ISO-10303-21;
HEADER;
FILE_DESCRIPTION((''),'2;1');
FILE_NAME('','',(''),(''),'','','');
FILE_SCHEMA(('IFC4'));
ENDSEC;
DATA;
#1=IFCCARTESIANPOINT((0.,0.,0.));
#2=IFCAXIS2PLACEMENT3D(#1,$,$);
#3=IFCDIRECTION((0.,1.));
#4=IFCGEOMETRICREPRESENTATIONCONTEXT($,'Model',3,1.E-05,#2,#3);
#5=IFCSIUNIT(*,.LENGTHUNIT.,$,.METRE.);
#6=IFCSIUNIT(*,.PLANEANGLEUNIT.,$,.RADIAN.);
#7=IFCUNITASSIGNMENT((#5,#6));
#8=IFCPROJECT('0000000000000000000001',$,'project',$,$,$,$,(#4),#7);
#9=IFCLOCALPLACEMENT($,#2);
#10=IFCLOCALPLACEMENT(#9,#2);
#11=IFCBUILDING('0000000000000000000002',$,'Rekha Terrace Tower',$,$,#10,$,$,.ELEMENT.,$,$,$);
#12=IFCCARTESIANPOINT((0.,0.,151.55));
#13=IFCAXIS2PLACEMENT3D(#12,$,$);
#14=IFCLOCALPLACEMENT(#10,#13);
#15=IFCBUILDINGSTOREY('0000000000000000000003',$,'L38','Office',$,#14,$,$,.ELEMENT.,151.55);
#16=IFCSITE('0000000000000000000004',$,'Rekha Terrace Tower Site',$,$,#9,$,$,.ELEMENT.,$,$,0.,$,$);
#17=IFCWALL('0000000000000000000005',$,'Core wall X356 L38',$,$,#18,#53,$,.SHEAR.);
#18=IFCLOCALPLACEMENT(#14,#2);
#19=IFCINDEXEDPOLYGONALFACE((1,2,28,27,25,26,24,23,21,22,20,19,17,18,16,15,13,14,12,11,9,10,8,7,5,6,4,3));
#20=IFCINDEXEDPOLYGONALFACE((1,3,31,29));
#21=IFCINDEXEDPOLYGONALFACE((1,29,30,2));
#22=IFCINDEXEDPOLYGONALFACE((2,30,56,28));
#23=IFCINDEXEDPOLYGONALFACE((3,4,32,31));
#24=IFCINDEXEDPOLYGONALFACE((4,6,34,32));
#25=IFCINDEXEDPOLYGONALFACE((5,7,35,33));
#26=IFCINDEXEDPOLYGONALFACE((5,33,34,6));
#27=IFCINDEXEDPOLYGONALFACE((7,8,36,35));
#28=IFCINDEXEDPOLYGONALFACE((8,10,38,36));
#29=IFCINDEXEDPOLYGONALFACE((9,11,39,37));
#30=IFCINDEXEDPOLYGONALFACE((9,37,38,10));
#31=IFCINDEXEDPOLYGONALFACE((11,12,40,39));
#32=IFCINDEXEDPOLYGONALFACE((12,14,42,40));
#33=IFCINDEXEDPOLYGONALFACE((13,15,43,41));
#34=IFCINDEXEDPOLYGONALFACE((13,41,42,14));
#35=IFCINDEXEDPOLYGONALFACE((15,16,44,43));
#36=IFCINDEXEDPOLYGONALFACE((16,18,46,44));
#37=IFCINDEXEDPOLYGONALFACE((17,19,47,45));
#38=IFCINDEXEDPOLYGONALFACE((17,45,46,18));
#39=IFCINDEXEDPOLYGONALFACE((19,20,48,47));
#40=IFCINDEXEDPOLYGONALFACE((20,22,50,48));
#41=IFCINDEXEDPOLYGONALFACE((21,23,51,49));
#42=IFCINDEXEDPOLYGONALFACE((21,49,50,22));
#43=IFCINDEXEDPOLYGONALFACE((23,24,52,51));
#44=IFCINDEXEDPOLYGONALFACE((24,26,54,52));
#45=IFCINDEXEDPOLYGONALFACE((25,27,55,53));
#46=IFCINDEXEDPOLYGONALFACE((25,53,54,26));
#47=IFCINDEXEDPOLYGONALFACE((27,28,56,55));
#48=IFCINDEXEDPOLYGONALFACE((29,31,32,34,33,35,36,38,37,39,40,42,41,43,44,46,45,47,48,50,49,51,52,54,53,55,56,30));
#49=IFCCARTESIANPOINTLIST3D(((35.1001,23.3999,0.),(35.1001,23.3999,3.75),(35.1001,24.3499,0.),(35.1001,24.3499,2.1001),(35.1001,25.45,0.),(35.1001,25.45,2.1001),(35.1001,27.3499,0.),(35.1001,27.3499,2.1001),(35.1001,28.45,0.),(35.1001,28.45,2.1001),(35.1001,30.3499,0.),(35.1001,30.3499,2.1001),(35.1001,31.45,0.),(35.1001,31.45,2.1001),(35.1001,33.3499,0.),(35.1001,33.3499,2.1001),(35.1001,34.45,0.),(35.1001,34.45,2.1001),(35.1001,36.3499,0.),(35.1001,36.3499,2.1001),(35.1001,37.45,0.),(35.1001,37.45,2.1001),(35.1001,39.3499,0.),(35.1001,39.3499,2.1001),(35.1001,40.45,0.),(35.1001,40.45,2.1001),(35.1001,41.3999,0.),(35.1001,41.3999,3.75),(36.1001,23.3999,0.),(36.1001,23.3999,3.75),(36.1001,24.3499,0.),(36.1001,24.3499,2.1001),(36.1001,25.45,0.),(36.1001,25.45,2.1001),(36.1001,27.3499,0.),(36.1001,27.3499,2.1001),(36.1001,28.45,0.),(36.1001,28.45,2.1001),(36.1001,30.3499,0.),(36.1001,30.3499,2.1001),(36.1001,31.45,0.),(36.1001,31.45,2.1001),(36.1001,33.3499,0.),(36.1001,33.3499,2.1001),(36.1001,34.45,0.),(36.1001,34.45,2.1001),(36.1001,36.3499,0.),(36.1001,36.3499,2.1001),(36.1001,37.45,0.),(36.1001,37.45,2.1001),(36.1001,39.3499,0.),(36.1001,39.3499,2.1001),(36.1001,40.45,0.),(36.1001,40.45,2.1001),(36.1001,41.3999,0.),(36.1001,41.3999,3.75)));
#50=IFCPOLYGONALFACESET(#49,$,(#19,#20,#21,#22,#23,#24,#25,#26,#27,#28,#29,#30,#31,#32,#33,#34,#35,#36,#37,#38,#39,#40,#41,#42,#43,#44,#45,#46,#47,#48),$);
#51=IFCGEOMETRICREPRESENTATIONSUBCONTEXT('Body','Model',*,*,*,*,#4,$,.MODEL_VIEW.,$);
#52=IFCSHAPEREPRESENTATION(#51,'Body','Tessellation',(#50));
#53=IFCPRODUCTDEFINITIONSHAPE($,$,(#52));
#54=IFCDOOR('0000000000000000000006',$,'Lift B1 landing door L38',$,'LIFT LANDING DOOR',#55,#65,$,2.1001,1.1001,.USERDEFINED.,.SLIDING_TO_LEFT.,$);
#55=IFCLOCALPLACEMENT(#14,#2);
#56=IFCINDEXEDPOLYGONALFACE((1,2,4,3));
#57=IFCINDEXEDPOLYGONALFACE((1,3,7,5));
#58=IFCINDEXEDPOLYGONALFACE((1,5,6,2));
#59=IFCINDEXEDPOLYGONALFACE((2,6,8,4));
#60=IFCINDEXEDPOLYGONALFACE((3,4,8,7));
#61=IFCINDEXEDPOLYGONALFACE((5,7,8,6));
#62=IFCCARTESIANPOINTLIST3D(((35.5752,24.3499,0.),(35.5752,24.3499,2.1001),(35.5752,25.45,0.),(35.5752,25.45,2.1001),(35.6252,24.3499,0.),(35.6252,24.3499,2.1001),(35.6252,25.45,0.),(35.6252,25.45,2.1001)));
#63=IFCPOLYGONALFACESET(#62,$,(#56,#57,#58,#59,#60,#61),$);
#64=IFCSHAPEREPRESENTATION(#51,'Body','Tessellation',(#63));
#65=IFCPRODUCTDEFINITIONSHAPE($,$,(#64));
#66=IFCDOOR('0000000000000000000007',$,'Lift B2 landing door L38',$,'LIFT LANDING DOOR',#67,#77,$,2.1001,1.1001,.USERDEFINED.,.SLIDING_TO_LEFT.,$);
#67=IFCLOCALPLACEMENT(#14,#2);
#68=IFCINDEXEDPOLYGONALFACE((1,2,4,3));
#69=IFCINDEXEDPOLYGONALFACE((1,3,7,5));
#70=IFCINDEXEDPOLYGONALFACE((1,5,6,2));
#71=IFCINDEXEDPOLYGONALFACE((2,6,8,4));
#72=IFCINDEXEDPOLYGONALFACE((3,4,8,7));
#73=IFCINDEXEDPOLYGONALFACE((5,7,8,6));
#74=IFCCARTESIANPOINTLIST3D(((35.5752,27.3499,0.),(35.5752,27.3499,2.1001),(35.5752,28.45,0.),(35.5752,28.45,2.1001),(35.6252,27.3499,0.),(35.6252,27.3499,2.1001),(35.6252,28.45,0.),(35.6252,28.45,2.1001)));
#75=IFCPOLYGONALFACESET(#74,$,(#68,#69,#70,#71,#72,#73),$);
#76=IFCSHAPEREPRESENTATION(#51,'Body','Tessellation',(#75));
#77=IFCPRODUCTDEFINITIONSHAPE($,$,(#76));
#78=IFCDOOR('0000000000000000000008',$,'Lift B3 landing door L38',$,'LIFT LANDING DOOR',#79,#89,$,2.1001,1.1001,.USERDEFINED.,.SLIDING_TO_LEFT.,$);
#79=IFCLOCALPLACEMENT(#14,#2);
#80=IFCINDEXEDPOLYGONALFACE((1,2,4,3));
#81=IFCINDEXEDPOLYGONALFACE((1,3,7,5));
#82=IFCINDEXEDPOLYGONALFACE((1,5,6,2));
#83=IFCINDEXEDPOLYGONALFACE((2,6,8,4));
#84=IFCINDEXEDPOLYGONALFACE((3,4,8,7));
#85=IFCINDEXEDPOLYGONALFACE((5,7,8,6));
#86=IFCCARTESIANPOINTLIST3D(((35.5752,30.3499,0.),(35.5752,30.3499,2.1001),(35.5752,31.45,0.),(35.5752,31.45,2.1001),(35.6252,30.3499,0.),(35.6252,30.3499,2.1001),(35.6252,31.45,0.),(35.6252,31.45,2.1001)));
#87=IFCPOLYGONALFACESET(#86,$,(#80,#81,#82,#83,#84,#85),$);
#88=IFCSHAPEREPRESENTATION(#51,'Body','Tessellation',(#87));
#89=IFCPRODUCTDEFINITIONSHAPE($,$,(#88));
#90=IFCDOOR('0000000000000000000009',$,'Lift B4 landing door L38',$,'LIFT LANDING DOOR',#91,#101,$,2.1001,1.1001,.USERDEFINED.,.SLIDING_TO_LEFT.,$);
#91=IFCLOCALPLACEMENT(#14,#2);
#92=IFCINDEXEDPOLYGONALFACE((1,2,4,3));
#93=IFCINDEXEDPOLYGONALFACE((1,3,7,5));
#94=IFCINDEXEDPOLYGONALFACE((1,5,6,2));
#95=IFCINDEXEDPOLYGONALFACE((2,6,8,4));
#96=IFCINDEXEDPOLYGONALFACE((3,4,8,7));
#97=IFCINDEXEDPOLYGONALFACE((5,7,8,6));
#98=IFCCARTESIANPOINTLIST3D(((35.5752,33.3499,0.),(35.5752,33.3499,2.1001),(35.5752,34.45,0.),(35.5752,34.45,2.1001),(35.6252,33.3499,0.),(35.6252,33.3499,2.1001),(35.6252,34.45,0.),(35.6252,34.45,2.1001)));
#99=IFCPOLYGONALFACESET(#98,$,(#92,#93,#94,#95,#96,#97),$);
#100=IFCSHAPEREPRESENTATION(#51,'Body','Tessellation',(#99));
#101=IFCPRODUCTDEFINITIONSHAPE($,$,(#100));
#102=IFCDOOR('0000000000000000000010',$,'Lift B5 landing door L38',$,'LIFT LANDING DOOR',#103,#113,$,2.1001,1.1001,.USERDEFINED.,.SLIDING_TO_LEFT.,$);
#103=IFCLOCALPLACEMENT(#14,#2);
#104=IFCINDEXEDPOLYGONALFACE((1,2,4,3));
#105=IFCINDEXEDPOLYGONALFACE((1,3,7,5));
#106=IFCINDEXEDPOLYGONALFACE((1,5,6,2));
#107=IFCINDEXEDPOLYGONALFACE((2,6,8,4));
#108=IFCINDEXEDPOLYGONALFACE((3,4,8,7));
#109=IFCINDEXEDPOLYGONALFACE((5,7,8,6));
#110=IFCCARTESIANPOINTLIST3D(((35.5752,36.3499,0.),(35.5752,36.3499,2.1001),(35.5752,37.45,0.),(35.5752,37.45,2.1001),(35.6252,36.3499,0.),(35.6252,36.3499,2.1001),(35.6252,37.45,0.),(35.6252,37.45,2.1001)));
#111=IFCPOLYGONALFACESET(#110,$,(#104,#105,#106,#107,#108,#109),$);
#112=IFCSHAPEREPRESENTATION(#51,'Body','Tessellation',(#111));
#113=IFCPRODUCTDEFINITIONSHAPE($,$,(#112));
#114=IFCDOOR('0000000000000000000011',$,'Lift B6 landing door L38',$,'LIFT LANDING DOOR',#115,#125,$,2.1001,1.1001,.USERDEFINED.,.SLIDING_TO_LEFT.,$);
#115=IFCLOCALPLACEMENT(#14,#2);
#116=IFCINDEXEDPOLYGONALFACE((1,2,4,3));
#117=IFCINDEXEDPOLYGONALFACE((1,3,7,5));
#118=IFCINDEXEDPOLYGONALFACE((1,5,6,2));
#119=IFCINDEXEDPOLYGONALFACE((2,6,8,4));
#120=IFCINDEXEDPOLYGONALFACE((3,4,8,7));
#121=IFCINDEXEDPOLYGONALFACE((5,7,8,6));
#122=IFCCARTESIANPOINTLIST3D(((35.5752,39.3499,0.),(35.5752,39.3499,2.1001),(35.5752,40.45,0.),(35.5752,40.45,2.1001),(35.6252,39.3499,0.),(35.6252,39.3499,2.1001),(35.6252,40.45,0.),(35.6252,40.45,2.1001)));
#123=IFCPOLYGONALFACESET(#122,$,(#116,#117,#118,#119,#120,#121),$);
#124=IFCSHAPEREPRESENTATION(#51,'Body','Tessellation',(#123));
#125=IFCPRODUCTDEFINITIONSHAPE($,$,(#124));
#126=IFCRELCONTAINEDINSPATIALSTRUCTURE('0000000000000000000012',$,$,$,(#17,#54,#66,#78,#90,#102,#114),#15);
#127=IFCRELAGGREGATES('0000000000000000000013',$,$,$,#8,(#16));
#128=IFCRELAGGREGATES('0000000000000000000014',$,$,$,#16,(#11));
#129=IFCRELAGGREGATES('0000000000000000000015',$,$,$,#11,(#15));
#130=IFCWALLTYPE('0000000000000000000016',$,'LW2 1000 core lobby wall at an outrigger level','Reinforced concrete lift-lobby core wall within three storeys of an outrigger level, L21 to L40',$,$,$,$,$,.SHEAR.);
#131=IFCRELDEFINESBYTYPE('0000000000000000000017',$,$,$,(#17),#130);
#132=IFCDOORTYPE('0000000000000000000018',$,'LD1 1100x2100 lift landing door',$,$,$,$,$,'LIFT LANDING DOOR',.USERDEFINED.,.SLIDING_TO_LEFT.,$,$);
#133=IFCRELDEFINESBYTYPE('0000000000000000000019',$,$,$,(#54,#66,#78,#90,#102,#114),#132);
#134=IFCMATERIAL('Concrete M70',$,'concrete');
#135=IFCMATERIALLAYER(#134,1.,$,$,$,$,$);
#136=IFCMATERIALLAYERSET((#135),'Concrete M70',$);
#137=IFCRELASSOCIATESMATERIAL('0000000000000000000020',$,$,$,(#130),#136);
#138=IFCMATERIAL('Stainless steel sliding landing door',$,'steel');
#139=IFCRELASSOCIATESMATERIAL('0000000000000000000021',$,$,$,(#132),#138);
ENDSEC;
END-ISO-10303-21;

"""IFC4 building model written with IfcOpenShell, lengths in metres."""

from ifc_helpers import new_model, si_unit, direction, frame, frame_2d, origin, place, context, subcontext, project, spatial, rectangle, extrude, material, layer, layer_set, type_object, element, fill, save


model = new_model("IFC4")

# Units and contexts
model_context = context("Model", 3, precision=1e-05, world=origin(), true_north=direction((0.0, 1.0)))
body_context = subcontext(model_context, "Body", "Model", "MODEL_VIEW")
ifc_project = project(units=[si_unit("LENGTHUNIT", "METRE"), si_unit("PLANEANGLEUNIT", "RADIAN")], contexts=[model_context])

# Site, building, storey
site_placement = place(None, origin())
site = spatial("IfcSite", under=ifc_project, at=site_placement, Name="Rekha Terrace Tower Site", CompositionType="ELEMENT", RefElevation=0.0)
building_placement = place(site_placement, origin())
building = spatial("IfcBuilding", under=site, at=building_placement, Name="Rekha Terrace Tower", CompositionType="ELEMENT")
storey_placement = place(building_placement, frame((0.0, 0.0, 151.55)))
storey = spatial("IfcBuildingStorey", under=building, at=storey_placement, Name="L38", Description="Office", CompositionType="ELEMENT", Elevation=151.55)

# Shared definitions
ifc_material_1 = material(Name="Concrete M70", Category="concrete")

# Wall, openings, doors
ifc_layer_1 = layer(ifc_material_1, 1.0)
ifc_layer_set_1 = layer_set([ifc_layer_1], Name="Concrete M70")
wall_type_1 = type_object("IfcWallType", Name="LW2 1000 core lobby wall at an outrigger level", Description="Reinforced concrete lift-lobby core wall within three storeys of an outrigger level, L21 to L40", PredefinedType="SHEAR", material=ifc_layer_set_1)
wall_1_placement = place(storey_placement, frame((35.6001, 23.3999, 0.0), z_axis=(0.0, 0.0, 1.0), x_axis=(0.0, 1.0, 0.0)))
wall_1 = element("IfcWall", 1, at=wall_1_placement, inside=storey, type_object=wall_type_1, Name="Core wall X356 L38", PredefinedType="SHEAR", context=body_context, shape_type="SweptSolid", body=[
    extrude(rectangle(XDim=18.0, YDim=1.0, at=frame_2d((9.0, 0.0))), origin(), (0.0, 0.0, 1.0), 3.75),
])
opening_1_placement = place(wall_1_placement, frame((0.95, 0.0, 0.0)))
opening_1 = element("IfcOpeningElement", 2, at=opening_1_placement, cuts=wall_1, PredefinedType="OPENING", context=body_context, shape_type="SweptSolid", body=[
    extrude(rectangle(XDim=1.1001, YDim=2.1001, at=frame_2d((0.55, 1.05))), frame((0.0, 0.51, 0.0), z_axis=(0.0, -1.0, 0.0), x_axis=(1.0, 0.0, 0.0)), (0.0, 0.0, 1.0), 1.02),
])
opening_2_placement = place(wall_1_placement, frame((3.95, 0.0, 0.0)))
opening_2 = element("IfcOpeningElement", 3, at=opening_2_placement, cuts=wall_1, PredefinedType="OPENING", context=body_context, shape_type="SweptSolid", body=[
    extrude(rectangle(XDim=1.1001, YDim=2.1001, at=frame_2d((0.55, 1.05))), frame((0.0, 0.51, 0.0), z_axis=(0.0, -1.0, 0.0), x_axis=(1.0, 0.0, 0.0)), (0.0, 0.0, 1.0), 1.02),
])
opening_3_placement = place(wall_1_placement, frame((6.95, 0.0, 0.0)))
opening_3 = element("IfcOpeningElement", 4, at=opening_3_placement, cuts=wall_1, PredefinedType="OPENING", context=body_context, shape_type="SweptSolid", body=[
    extrude(rectangle(XDim=1.1001, YDim=2.1001, at=frame_2d((0.55, 1.05))), frame((0.0, 0.51, 0.0), z_axis=(0.0, -1.0, 0.0), x_axis=(1.0, 0.0, 0.0)), (0.0, 0.0, 1.0), 1.02),
])
opening_4_placement = place(wall_1_placement, frame((9.95, 0.0, 0.0)))
opening_4 = element("IfcOpeningElement", 5, at=opening_4_placement, cuts=wall_1, PredefinedType="OPENING", context=body_context, shape_type="SweptSolid", body=[
    extrude(rectangle(XDim=1.1001, YDim=2.1001, at=frame_2d((0.55, 1.05))), frame((0.0, 0.51, 0.0), z_axis=(0.0, -1.0, 0.0), x_axis=(1.0, 0.0, 0.0)), (0.0, 0.0, 1.0), 1.02),
])
opening_5_placement = place(wall_1_placement, frame((12.95, 0.0, 0.0)))
opening_5 = element("IfcOpeningElement", 6, at=opening_5_placement, cuts=wall_1, PredefinedType="OPENING", context=body_context, shape_type="SweptSolid", body=[
    extrude(rectangle(XDim=1.1001, YDim=2.1001, at=frame_2d((0.55, 1.05))), frame((0.0, 0.51, 0.0), z_axis=(0.0, -1.0, 0.0), x_axis=(1.0, 0.0, 0.0)), (0.0, 0.0, 1.0), 1.02),
])
opening_6_placement = place(wall_1_placement, frame((15.95, 0.0, 0.0)))
opening_6 = element("IfcOpeningElement", 7, at=opening_6_placement, cuts=wall_1, PredefinedType="OPENING", context=body_context, shape_type="SweptSolid", body=[
    extrude(rectangle(XDim=1.1001, YDim=2.1001, at=frame_2d((0.55, 1.05))), frame((0.0, 0.51, 0.0), z_axis=(0.0, -1.0, 0.0), x_axis=(1.0, 0.0, 0.0)), (0.0, 0.0, 1.0), 1.02),
])
ifc_material_2 = material(Name="Stainless steel sliding landing door", Category="steel")
door_type_1 = type_object("IfcDoorType", Name="LD1 1100x2100 lift landing door", ElementType="LIFT LANDING DOOR", OperationType="SLIDING_TO_LEFT", PredefinedType="USERDEFINED", material=ifc_material_2)
door_1_placement = place(opening_1_placement, origin())
door_1 = element("IfcDoor", 8, at=door_1_placement, inside=storey, type_object=door_type_1, Name="Lift B1 landing door L38", ObjectType="LIFT LANDING DOOR", OperationType="SLIDING_TO_LEFT", OverallHeight=2.1001, OverallWidth=1.1001, PredefinedType="USERDEFINED", context=body_context, shape_type="SweptSolid", body=[
    extrude(rectangle(XDim=1.1001, YDim=2.1001, at=frame_2d((0.55, 1.05))), frame((0.0, 0.0249, 0.0), z_axis=(0.0, -1.0, 0.0), x_axis=(1.0, 0.0, 0.0)), (0.0, 0.0, 1.0), 0.05),
])
fill(opening_1, door_1)
door_2_placement = place(opening_2_placement, origin())
door_2 = element("IfcDoor", 9, at=door_2_placement, inside=storey, type_object=door_type_1, Name="Lift B2 landing door L38", ObjectType="LIFT LANDING DOOR", OperationType="SLIDING_TO_LEFT", OverallHeight=2.1001, OverallWidth=1.1001, PredefinedType="USERDEFINED", context=body_context, shape_type="SweptSolid", body=[
    extrude(rectangle(XDim=1.1001, YDim=2.1001, at=frame_2d((0.55, 1.05))), frame((0.0, 0.0249, 0.0), z_axis=(0.0, -1.0, 0.0), x_axis=(1.0, 0.0, 0.0)), (0.0, 0.0, 1.0), 0.05),
])
fill(opening_2, door_2)
door_3_placement = place(opening_3_placement, origin())
door_3 = element("IfcDoor", 10, at=door_3_placement, inside=storey, type_object=door_type_1, Name="Lift B3 landing door L38", ObjectType="LIFT LANDING DOOR", OperationType="SLIDING_TO_LEFT", OverallHeight=2.1001, OverallWidth=1.1001, PredefinedType="USERDEFINED", context=body_context, shape_type="SweptSolid", body=[
    extrude(rectangle(XDim=1.1001, YDim=2.1001, at=frame_2d((0.55, 1.05))), frame((0.0, 0.0249, 0.0), z_axis=(0.0, -1.0, 0.0), x_axis=(1.0, 0.0, 0.0)), (0.0, 0.0, 1.0), 0.05),
])
fill(opening_3, door_3)
door_4_placement = place(opening_4_placement, origin())
door_4 = element("IfcDoor", 11, at=door_4_placement, inside=storey, type_object=door_type_1, Name="Lift B4 landing door L38", ObjectType="LIFT LANDING DOOR", OperationType="SLIDING_TO_LEFT", OverallHeight=2.1001, OverallWidth=1.1001, PredefinedType="USERDEFINED", context=body_context, shape_type="SweptSolid", body=[
    extrude(rectangle(XDim=1.1001, YDim=2.1001, at=frame_2d((0.55, 1.05))), frame((0.0, 0.0249, 0.0), z_axis=(0.0, -1.0, 0.0), x_axis=(1.0, 0.0, 0.0)), (0.0, 0.0, 1.0), 0.05),
])
fill(opening_4, door_4)
door_5_placement = place(opening_5_placement, origin())
door_5 = element("IfcDoor", 12, at=door_5_placement, inside=storey, type_object=door_type_1, Name="Lift B5 landing door L38", ObjectType="LIFT LANDING DOOR", OperationType="SLIDING_TO_LEFT", OverallHeight=2.1001, OverallWidth=1.1001, PredefinedType="USERDEFINED", context=body_context, shape_type="SweptSolid", body=[
    extrude(rectangle(XDim=1.1001, YDim=2.1001, at=frame_2d((0.55, 1.05))), frame((0.0, 0.0249, 0.0), z_axis=(0.0, -1.0, 0.0), x_axis=(1.0, 0.0, 0.0)), (0.0, 0.0, 1.0), 0.05),
])
fill(opening_5, door_5)
door_6_placement = place(opening_6_placement, origin())
door_6 = element("IfcDoor", 13, at=door_6_placement, inside=storey, type_object=door_type_1, Name="Lift B6 landing door L38", ObjectType="LIFT LANDING DOOR", OperationType="SLIDING_TO_LEFT", OverallHeight=2.1001, OverallWidth=1.1001, PredefinedType="USERDEFINED", context=body_context, shape_type="SweptSolid", body=[
    extrude(rectangle(XDim=1.1001, YDim=2.1001, at=frame_2d((0.55, 1.05))), frame((0.0, 0.0249, 0.0), z_axis=(0.0, -1.0, 0.0), x_axis=(1.0, 0.0, 0.0)), (0.0, 0.0, 1.0), 0.05),
])
fill(opening_6, door_6)

save(model, "model.ifc")
